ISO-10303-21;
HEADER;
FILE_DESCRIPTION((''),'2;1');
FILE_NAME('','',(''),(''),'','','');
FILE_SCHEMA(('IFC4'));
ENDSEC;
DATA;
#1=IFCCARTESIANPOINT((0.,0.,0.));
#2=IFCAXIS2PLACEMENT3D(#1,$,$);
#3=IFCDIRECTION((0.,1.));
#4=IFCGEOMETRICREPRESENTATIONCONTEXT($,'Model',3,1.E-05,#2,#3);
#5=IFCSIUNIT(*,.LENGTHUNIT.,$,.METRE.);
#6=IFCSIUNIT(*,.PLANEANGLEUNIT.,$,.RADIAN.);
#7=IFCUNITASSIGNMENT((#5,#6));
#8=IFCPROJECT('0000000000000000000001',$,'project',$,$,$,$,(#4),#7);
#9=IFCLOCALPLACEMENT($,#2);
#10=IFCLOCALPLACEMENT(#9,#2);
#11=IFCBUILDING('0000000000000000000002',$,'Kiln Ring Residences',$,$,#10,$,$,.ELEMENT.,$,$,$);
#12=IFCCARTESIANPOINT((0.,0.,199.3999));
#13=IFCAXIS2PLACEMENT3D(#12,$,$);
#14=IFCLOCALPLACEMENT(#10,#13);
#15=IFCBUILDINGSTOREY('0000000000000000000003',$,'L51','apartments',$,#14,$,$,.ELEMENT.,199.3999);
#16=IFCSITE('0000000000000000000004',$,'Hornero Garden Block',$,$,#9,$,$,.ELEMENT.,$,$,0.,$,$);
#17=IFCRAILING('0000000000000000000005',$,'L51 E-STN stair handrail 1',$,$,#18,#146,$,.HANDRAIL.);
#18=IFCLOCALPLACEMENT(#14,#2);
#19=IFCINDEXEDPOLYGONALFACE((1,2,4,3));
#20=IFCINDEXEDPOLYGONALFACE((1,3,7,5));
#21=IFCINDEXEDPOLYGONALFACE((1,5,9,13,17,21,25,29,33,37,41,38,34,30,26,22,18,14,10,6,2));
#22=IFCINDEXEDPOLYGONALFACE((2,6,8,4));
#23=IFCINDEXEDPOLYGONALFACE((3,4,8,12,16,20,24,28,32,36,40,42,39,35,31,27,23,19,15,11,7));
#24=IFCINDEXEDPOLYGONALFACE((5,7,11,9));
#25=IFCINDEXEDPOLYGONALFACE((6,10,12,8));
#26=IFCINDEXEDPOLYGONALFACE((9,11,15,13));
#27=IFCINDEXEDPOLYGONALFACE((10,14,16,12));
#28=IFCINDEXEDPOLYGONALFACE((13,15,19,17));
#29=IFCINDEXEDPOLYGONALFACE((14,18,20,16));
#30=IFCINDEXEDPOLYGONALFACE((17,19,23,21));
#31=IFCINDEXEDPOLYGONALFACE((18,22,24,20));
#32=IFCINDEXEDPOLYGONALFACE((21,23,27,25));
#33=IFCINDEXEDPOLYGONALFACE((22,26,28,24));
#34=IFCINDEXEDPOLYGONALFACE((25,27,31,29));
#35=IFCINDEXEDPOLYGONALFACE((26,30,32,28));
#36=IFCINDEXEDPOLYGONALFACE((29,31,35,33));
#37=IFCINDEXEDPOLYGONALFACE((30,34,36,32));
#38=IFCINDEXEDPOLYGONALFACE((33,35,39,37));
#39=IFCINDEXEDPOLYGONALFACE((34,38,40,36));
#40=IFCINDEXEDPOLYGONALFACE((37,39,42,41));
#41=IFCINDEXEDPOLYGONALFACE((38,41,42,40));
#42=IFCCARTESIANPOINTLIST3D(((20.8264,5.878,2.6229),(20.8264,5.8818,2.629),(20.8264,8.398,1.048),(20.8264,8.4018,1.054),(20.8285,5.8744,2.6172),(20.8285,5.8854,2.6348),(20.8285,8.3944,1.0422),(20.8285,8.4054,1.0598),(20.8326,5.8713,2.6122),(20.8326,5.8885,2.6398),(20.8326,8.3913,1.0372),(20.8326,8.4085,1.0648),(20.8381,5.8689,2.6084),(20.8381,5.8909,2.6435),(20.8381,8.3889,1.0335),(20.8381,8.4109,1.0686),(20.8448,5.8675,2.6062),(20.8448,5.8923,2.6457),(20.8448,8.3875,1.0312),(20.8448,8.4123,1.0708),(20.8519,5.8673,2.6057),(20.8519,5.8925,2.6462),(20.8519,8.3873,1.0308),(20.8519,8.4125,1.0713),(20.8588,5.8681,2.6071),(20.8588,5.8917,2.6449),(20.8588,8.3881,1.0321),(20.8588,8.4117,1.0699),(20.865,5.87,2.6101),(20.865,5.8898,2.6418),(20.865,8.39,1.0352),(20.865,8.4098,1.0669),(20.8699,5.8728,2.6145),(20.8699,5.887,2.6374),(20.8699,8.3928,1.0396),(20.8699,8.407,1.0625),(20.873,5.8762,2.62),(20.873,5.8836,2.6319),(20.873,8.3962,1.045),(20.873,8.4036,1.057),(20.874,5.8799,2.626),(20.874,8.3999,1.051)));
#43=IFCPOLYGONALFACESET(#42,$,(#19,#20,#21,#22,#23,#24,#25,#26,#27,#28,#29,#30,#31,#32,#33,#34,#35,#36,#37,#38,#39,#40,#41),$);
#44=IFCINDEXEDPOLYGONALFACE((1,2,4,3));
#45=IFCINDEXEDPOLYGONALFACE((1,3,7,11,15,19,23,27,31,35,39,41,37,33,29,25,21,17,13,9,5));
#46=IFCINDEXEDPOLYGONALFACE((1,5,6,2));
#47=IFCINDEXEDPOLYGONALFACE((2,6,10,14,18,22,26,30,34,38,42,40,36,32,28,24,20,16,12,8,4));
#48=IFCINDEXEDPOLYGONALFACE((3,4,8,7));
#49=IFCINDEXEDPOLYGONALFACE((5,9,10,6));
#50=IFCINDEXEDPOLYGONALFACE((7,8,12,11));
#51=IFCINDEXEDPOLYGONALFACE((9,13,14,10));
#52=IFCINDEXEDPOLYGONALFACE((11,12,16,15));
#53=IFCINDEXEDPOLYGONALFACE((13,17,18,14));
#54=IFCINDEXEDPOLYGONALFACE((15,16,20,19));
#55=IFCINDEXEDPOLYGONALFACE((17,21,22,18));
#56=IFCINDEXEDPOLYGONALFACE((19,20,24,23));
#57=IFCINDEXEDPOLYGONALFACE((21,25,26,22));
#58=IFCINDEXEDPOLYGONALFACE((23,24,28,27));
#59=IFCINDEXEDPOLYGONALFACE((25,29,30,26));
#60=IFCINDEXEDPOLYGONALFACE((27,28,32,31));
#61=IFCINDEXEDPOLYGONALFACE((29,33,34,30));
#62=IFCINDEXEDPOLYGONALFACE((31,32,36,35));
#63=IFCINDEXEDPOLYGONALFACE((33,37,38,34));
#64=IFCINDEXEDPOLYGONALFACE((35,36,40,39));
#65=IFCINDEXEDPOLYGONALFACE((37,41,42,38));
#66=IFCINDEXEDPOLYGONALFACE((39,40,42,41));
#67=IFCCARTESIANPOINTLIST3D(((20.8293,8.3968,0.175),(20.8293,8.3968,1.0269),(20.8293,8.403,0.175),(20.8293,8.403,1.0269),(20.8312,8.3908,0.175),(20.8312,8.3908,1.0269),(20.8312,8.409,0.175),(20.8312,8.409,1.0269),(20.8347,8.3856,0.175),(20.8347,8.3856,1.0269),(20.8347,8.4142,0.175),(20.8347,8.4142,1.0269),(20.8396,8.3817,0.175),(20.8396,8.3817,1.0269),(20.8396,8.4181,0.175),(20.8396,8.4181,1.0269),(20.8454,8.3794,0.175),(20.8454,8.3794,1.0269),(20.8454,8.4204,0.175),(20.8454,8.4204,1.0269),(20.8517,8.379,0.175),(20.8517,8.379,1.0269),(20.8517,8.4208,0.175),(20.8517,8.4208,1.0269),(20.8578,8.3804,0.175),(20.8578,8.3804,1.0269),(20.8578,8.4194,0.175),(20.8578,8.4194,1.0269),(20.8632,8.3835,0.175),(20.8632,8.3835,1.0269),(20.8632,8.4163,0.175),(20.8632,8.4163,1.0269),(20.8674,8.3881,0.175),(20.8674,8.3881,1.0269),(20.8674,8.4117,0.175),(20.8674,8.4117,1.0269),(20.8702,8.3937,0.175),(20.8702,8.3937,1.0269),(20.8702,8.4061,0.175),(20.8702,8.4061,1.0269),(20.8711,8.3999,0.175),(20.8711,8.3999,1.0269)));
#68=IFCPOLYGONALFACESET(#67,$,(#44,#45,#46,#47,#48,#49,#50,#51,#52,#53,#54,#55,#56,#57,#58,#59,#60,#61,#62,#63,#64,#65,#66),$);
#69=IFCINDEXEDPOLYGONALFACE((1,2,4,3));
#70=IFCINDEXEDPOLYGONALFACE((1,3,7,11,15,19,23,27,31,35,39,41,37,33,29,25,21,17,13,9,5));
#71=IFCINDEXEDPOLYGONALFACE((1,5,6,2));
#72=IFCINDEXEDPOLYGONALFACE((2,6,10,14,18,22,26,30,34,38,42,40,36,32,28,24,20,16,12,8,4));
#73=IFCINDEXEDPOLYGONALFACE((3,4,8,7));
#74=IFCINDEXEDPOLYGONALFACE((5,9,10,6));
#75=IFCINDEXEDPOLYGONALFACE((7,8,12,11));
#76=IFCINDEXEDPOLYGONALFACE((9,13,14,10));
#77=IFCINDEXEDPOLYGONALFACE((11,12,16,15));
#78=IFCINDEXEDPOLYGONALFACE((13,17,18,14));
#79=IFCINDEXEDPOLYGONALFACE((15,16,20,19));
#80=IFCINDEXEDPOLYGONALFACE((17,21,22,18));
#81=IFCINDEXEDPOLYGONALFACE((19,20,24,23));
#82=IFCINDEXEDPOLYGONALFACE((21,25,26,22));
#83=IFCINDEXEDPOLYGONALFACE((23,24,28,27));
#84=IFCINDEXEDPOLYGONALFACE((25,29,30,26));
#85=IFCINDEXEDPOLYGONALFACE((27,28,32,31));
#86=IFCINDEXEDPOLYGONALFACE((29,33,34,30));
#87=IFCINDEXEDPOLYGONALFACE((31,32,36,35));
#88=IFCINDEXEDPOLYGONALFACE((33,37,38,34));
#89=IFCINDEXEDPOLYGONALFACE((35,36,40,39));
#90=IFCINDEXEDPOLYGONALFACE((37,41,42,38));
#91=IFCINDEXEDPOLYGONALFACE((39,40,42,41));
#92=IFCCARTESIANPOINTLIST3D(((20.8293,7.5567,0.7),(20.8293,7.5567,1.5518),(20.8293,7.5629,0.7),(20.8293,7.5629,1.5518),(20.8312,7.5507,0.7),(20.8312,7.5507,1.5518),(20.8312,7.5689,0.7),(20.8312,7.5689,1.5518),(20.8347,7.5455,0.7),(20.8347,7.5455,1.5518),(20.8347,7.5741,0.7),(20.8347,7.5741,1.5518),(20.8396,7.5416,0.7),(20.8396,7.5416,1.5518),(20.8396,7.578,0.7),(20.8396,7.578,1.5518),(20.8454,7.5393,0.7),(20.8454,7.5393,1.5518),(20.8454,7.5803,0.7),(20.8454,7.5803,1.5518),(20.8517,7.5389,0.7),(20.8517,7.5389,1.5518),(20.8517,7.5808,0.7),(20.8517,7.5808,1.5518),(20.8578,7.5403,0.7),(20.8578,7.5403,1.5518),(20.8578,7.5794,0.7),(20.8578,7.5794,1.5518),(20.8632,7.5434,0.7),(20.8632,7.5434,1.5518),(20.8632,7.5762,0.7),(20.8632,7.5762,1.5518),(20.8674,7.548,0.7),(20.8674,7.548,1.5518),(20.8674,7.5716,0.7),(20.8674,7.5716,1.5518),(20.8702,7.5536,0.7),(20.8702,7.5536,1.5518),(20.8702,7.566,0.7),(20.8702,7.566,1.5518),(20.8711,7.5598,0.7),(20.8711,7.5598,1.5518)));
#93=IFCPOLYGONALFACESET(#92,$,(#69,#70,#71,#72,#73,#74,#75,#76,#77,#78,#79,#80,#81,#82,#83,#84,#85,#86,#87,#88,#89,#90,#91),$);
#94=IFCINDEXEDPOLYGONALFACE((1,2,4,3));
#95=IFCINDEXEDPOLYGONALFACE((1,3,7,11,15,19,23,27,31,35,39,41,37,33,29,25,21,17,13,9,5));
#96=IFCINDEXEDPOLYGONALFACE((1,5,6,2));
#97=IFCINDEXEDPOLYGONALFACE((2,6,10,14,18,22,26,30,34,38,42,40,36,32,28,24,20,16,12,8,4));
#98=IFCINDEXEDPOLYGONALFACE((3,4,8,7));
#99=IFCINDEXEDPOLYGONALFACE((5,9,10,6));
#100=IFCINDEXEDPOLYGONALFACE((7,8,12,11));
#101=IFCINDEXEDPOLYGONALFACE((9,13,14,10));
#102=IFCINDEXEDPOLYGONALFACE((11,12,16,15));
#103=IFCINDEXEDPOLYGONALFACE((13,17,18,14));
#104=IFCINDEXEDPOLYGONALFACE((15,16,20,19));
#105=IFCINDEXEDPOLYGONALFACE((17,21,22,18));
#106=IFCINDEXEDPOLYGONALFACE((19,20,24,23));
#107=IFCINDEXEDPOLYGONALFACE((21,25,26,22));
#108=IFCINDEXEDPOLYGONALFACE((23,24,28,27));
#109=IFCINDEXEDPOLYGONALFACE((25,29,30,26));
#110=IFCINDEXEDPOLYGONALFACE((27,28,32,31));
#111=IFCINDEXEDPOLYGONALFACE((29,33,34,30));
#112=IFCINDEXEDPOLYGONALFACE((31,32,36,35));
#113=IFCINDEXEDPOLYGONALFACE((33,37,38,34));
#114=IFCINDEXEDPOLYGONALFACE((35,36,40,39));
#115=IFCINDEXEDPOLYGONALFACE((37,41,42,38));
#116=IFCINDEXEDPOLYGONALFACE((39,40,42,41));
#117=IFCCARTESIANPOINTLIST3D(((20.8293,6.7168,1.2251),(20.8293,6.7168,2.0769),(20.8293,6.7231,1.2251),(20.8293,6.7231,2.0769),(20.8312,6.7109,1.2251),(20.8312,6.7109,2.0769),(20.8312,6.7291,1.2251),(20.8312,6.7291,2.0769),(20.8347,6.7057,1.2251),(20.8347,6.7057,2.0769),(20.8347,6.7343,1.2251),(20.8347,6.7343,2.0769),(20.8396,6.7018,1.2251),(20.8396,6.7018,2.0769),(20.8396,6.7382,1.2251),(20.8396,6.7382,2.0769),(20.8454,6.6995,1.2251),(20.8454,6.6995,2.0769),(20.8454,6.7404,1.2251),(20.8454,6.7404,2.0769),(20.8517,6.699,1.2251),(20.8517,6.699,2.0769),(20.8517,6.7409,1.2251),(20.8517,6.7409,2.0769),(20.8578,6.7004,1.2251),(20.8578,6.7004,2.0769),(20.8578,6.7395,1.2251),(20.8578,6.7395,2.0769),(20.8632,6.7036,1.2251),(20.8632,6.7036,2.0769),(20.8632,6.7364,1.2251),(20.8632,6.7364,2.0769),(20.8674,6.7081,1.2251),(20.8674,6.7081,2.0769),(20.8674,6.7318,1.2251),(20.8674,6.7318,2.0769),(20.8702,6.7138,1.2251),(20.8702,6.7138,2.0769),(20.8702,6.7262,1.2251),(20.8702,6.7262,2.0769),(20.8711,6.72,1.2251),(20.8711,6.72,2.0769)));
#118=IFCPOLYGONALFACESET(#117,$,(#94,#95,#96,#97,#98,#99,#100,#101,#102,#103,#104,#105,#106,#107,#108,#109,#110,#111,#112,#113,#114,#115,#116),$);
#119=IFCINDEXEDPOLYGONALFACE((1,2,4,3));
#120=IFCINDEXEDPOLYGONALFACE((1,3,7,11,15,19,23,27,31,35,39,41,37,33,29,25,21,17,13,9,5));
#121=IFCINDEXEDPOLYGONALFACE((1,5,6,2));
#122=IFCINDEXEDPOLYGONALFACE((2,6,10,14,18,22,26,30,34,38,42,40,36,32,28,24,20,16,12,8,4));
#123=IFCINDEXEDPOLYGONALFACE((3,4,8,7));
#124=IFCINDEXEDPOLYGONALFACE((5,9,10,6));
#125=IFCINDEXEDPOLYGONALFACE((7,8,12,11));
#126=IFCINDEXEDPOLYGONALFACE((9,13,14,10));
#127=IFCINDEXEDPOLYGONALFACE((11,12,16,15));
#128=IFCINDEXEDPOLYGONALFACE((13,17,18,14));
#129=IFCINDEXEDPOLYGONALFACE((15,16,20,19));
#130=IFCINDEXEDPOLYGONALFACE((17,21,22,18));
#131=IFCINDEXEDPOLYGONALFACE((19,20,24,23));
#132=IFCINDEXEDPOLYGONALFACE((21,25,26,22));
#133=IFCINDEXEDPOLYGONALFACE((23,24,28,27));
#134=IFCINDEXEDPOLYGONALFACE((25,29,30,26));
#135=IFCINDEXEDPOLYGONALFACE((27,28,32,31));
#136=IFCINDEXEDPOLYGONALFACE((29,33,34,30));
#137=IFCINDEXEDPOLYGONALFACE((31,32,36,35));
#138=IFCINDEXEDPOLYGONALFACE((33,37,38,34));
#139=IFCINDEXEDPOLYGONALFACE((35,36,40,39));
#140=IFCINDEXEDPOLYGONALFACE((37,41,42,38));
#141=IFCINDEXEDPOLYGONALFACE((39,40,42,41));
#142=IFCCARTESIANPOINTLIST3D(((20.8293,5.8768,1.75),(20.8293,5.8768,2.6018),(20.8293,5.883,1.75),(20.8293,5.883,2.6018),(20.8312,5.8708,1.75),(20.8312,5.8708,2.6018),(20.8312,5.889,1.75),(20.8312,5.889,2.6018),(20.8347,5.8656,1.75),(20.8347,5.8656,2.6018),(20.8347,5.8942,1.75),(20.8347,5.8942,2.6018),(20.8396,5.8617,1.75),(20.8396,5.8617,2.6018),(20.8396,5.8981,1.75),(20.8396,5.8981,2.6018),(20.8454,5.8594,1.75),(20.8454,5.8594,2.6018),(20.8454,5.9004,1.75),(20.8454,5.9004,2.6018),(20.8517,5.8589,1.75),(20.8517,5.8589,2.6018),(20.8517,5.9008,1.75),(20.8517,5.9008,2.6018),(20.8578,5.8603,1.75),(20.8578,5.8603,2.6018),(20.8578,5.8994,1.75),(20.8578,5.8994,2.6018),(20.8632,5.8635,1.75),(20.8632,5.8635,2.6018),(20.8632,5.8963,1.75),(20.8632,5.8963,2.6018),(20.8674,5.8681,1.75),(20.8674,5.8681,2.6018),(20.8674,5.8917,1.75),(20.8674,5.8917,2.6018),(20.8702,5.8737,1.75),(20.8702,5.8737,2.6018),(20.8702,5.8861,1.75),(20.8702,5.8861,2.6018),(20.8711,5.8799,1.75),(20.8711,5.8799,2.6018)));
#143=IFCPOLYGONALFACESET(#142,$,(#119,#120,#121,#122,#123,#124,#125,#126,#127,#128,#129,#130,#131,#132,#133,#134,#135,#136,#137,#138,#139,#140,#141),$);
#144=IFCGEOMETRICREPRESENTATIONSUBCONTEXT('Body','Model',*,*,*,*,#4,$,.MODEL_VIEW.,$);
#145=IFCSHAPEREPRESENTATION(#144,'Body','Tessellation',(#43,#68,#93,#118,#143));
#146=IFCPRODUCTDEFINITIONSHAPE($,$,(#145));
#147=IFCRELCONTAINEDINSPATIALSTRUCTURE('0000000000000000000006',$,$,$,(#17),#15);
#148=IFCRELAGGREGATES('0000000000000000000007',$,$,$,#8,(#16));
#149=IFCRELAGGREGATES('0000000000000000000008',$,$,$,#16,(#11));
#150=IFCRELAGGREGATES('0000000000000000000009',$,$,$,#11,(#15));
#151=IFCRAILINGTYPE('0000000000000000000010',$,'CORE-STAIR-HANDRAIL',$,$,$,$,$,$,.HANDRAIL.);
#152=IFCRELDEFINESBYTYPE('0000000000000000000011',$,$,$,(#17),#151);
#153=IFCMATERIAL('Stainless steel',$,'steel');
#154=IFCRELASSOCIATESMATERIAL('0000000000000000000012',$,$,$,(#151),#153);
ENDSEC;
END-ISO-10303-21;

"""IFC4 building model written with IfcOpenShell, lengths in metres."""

from ifc_helpers import new_model, si_unit, direction, frame, origin, origin_2d, place, context, subcontext, project, spatial, circle, extrude, material, type_object, element, save


model = new_model("IFC4")

# Units and contexts
model_context = context("Model", 3, precision=1e-05, world=origin(), true_north=direction((0.0, 1.0)))
body_context = subcontext(model_context, "Body", "Model", "MODEL_VIEW")
ifc_project = project(units=[si_unit("LENGTHUNIT", "METRE"), si_unit("PLANEANGLEUNIT", "RADIAN")], contexts=[model_context])

# Site, building, storey
site_placement = place(None, origin())
site = spatial("IfcSite", under=ifc_project, at=site_placement, Name="Hornero Garden Block", CompositionType="ELEMENT", RefElevation=0.0)
building_placement = place(site_placement, origin())
building = spatial("IfcBuilding", under=site, at=building_placement, Name="Kiln Ring Residences", CompositionType="ELEMENT")
storey_placement = place(building_placement, frame((0.0, 0.0, 199.3999)))
storey = spatial("IfcBuildingStorey", under=building, at=storey_placement, Name="L51", Description="apartments", CompositionType="ELEMENT", Elevation=199.3999)

# Railing
ifc_material_1 = material(Name="Stainless steel", Category="steel")
railing_type_1 = type_object("IfcRailingType", Name="CORE-STAIR-HANDRAIL", PredefinedType="HANDRAIL", material=ifc_material_1)
railing_1_placement = place(storey_placement, frame((20.8501, 8.3999, 0.175)))
element("IfcRailing", 1, at=railing_1_placement, inside=storey, type_object=railing_type_1, Name="L51 E-STN stair handrail 1", PredefinedType="HANDRAIL", context=body_context, shape_type="SweptSolid", body=[
    extrude(circle(Radius=0.0239, at=origin_2d()), frame((0.0, 0.0, 0.876), z_axis=(0.0, -0.848008, 0.529984), x_axis=(1.0, 0.0, 0.0)), (0.0, 0.0, 1.0), 2.9717),
    extrude(circle(Radius=0.021, at=origin_2d()), origin(), (0.0, 0.0, 1.0), 0.8518),
    extrude(circle(Radius=0.021, at=origin_2d()), frame((0.0, -0.8401, 0.5249)), (0.0, 0.0, 1.0), 0.8518),
    extrude(circle(Radius=0.021, at=origin_2d()), frame((0.0, -1.6799, 1.05)), (0.0, 0.0, 1.0), 0.8518),
    extrude(circle(Radius=0.021, at=origin_2d()), frame((0.0, -2.52, 1.575)), (0.0, 0.0, 1.0), 0.8518),
])

save(model, "model.ifc")
